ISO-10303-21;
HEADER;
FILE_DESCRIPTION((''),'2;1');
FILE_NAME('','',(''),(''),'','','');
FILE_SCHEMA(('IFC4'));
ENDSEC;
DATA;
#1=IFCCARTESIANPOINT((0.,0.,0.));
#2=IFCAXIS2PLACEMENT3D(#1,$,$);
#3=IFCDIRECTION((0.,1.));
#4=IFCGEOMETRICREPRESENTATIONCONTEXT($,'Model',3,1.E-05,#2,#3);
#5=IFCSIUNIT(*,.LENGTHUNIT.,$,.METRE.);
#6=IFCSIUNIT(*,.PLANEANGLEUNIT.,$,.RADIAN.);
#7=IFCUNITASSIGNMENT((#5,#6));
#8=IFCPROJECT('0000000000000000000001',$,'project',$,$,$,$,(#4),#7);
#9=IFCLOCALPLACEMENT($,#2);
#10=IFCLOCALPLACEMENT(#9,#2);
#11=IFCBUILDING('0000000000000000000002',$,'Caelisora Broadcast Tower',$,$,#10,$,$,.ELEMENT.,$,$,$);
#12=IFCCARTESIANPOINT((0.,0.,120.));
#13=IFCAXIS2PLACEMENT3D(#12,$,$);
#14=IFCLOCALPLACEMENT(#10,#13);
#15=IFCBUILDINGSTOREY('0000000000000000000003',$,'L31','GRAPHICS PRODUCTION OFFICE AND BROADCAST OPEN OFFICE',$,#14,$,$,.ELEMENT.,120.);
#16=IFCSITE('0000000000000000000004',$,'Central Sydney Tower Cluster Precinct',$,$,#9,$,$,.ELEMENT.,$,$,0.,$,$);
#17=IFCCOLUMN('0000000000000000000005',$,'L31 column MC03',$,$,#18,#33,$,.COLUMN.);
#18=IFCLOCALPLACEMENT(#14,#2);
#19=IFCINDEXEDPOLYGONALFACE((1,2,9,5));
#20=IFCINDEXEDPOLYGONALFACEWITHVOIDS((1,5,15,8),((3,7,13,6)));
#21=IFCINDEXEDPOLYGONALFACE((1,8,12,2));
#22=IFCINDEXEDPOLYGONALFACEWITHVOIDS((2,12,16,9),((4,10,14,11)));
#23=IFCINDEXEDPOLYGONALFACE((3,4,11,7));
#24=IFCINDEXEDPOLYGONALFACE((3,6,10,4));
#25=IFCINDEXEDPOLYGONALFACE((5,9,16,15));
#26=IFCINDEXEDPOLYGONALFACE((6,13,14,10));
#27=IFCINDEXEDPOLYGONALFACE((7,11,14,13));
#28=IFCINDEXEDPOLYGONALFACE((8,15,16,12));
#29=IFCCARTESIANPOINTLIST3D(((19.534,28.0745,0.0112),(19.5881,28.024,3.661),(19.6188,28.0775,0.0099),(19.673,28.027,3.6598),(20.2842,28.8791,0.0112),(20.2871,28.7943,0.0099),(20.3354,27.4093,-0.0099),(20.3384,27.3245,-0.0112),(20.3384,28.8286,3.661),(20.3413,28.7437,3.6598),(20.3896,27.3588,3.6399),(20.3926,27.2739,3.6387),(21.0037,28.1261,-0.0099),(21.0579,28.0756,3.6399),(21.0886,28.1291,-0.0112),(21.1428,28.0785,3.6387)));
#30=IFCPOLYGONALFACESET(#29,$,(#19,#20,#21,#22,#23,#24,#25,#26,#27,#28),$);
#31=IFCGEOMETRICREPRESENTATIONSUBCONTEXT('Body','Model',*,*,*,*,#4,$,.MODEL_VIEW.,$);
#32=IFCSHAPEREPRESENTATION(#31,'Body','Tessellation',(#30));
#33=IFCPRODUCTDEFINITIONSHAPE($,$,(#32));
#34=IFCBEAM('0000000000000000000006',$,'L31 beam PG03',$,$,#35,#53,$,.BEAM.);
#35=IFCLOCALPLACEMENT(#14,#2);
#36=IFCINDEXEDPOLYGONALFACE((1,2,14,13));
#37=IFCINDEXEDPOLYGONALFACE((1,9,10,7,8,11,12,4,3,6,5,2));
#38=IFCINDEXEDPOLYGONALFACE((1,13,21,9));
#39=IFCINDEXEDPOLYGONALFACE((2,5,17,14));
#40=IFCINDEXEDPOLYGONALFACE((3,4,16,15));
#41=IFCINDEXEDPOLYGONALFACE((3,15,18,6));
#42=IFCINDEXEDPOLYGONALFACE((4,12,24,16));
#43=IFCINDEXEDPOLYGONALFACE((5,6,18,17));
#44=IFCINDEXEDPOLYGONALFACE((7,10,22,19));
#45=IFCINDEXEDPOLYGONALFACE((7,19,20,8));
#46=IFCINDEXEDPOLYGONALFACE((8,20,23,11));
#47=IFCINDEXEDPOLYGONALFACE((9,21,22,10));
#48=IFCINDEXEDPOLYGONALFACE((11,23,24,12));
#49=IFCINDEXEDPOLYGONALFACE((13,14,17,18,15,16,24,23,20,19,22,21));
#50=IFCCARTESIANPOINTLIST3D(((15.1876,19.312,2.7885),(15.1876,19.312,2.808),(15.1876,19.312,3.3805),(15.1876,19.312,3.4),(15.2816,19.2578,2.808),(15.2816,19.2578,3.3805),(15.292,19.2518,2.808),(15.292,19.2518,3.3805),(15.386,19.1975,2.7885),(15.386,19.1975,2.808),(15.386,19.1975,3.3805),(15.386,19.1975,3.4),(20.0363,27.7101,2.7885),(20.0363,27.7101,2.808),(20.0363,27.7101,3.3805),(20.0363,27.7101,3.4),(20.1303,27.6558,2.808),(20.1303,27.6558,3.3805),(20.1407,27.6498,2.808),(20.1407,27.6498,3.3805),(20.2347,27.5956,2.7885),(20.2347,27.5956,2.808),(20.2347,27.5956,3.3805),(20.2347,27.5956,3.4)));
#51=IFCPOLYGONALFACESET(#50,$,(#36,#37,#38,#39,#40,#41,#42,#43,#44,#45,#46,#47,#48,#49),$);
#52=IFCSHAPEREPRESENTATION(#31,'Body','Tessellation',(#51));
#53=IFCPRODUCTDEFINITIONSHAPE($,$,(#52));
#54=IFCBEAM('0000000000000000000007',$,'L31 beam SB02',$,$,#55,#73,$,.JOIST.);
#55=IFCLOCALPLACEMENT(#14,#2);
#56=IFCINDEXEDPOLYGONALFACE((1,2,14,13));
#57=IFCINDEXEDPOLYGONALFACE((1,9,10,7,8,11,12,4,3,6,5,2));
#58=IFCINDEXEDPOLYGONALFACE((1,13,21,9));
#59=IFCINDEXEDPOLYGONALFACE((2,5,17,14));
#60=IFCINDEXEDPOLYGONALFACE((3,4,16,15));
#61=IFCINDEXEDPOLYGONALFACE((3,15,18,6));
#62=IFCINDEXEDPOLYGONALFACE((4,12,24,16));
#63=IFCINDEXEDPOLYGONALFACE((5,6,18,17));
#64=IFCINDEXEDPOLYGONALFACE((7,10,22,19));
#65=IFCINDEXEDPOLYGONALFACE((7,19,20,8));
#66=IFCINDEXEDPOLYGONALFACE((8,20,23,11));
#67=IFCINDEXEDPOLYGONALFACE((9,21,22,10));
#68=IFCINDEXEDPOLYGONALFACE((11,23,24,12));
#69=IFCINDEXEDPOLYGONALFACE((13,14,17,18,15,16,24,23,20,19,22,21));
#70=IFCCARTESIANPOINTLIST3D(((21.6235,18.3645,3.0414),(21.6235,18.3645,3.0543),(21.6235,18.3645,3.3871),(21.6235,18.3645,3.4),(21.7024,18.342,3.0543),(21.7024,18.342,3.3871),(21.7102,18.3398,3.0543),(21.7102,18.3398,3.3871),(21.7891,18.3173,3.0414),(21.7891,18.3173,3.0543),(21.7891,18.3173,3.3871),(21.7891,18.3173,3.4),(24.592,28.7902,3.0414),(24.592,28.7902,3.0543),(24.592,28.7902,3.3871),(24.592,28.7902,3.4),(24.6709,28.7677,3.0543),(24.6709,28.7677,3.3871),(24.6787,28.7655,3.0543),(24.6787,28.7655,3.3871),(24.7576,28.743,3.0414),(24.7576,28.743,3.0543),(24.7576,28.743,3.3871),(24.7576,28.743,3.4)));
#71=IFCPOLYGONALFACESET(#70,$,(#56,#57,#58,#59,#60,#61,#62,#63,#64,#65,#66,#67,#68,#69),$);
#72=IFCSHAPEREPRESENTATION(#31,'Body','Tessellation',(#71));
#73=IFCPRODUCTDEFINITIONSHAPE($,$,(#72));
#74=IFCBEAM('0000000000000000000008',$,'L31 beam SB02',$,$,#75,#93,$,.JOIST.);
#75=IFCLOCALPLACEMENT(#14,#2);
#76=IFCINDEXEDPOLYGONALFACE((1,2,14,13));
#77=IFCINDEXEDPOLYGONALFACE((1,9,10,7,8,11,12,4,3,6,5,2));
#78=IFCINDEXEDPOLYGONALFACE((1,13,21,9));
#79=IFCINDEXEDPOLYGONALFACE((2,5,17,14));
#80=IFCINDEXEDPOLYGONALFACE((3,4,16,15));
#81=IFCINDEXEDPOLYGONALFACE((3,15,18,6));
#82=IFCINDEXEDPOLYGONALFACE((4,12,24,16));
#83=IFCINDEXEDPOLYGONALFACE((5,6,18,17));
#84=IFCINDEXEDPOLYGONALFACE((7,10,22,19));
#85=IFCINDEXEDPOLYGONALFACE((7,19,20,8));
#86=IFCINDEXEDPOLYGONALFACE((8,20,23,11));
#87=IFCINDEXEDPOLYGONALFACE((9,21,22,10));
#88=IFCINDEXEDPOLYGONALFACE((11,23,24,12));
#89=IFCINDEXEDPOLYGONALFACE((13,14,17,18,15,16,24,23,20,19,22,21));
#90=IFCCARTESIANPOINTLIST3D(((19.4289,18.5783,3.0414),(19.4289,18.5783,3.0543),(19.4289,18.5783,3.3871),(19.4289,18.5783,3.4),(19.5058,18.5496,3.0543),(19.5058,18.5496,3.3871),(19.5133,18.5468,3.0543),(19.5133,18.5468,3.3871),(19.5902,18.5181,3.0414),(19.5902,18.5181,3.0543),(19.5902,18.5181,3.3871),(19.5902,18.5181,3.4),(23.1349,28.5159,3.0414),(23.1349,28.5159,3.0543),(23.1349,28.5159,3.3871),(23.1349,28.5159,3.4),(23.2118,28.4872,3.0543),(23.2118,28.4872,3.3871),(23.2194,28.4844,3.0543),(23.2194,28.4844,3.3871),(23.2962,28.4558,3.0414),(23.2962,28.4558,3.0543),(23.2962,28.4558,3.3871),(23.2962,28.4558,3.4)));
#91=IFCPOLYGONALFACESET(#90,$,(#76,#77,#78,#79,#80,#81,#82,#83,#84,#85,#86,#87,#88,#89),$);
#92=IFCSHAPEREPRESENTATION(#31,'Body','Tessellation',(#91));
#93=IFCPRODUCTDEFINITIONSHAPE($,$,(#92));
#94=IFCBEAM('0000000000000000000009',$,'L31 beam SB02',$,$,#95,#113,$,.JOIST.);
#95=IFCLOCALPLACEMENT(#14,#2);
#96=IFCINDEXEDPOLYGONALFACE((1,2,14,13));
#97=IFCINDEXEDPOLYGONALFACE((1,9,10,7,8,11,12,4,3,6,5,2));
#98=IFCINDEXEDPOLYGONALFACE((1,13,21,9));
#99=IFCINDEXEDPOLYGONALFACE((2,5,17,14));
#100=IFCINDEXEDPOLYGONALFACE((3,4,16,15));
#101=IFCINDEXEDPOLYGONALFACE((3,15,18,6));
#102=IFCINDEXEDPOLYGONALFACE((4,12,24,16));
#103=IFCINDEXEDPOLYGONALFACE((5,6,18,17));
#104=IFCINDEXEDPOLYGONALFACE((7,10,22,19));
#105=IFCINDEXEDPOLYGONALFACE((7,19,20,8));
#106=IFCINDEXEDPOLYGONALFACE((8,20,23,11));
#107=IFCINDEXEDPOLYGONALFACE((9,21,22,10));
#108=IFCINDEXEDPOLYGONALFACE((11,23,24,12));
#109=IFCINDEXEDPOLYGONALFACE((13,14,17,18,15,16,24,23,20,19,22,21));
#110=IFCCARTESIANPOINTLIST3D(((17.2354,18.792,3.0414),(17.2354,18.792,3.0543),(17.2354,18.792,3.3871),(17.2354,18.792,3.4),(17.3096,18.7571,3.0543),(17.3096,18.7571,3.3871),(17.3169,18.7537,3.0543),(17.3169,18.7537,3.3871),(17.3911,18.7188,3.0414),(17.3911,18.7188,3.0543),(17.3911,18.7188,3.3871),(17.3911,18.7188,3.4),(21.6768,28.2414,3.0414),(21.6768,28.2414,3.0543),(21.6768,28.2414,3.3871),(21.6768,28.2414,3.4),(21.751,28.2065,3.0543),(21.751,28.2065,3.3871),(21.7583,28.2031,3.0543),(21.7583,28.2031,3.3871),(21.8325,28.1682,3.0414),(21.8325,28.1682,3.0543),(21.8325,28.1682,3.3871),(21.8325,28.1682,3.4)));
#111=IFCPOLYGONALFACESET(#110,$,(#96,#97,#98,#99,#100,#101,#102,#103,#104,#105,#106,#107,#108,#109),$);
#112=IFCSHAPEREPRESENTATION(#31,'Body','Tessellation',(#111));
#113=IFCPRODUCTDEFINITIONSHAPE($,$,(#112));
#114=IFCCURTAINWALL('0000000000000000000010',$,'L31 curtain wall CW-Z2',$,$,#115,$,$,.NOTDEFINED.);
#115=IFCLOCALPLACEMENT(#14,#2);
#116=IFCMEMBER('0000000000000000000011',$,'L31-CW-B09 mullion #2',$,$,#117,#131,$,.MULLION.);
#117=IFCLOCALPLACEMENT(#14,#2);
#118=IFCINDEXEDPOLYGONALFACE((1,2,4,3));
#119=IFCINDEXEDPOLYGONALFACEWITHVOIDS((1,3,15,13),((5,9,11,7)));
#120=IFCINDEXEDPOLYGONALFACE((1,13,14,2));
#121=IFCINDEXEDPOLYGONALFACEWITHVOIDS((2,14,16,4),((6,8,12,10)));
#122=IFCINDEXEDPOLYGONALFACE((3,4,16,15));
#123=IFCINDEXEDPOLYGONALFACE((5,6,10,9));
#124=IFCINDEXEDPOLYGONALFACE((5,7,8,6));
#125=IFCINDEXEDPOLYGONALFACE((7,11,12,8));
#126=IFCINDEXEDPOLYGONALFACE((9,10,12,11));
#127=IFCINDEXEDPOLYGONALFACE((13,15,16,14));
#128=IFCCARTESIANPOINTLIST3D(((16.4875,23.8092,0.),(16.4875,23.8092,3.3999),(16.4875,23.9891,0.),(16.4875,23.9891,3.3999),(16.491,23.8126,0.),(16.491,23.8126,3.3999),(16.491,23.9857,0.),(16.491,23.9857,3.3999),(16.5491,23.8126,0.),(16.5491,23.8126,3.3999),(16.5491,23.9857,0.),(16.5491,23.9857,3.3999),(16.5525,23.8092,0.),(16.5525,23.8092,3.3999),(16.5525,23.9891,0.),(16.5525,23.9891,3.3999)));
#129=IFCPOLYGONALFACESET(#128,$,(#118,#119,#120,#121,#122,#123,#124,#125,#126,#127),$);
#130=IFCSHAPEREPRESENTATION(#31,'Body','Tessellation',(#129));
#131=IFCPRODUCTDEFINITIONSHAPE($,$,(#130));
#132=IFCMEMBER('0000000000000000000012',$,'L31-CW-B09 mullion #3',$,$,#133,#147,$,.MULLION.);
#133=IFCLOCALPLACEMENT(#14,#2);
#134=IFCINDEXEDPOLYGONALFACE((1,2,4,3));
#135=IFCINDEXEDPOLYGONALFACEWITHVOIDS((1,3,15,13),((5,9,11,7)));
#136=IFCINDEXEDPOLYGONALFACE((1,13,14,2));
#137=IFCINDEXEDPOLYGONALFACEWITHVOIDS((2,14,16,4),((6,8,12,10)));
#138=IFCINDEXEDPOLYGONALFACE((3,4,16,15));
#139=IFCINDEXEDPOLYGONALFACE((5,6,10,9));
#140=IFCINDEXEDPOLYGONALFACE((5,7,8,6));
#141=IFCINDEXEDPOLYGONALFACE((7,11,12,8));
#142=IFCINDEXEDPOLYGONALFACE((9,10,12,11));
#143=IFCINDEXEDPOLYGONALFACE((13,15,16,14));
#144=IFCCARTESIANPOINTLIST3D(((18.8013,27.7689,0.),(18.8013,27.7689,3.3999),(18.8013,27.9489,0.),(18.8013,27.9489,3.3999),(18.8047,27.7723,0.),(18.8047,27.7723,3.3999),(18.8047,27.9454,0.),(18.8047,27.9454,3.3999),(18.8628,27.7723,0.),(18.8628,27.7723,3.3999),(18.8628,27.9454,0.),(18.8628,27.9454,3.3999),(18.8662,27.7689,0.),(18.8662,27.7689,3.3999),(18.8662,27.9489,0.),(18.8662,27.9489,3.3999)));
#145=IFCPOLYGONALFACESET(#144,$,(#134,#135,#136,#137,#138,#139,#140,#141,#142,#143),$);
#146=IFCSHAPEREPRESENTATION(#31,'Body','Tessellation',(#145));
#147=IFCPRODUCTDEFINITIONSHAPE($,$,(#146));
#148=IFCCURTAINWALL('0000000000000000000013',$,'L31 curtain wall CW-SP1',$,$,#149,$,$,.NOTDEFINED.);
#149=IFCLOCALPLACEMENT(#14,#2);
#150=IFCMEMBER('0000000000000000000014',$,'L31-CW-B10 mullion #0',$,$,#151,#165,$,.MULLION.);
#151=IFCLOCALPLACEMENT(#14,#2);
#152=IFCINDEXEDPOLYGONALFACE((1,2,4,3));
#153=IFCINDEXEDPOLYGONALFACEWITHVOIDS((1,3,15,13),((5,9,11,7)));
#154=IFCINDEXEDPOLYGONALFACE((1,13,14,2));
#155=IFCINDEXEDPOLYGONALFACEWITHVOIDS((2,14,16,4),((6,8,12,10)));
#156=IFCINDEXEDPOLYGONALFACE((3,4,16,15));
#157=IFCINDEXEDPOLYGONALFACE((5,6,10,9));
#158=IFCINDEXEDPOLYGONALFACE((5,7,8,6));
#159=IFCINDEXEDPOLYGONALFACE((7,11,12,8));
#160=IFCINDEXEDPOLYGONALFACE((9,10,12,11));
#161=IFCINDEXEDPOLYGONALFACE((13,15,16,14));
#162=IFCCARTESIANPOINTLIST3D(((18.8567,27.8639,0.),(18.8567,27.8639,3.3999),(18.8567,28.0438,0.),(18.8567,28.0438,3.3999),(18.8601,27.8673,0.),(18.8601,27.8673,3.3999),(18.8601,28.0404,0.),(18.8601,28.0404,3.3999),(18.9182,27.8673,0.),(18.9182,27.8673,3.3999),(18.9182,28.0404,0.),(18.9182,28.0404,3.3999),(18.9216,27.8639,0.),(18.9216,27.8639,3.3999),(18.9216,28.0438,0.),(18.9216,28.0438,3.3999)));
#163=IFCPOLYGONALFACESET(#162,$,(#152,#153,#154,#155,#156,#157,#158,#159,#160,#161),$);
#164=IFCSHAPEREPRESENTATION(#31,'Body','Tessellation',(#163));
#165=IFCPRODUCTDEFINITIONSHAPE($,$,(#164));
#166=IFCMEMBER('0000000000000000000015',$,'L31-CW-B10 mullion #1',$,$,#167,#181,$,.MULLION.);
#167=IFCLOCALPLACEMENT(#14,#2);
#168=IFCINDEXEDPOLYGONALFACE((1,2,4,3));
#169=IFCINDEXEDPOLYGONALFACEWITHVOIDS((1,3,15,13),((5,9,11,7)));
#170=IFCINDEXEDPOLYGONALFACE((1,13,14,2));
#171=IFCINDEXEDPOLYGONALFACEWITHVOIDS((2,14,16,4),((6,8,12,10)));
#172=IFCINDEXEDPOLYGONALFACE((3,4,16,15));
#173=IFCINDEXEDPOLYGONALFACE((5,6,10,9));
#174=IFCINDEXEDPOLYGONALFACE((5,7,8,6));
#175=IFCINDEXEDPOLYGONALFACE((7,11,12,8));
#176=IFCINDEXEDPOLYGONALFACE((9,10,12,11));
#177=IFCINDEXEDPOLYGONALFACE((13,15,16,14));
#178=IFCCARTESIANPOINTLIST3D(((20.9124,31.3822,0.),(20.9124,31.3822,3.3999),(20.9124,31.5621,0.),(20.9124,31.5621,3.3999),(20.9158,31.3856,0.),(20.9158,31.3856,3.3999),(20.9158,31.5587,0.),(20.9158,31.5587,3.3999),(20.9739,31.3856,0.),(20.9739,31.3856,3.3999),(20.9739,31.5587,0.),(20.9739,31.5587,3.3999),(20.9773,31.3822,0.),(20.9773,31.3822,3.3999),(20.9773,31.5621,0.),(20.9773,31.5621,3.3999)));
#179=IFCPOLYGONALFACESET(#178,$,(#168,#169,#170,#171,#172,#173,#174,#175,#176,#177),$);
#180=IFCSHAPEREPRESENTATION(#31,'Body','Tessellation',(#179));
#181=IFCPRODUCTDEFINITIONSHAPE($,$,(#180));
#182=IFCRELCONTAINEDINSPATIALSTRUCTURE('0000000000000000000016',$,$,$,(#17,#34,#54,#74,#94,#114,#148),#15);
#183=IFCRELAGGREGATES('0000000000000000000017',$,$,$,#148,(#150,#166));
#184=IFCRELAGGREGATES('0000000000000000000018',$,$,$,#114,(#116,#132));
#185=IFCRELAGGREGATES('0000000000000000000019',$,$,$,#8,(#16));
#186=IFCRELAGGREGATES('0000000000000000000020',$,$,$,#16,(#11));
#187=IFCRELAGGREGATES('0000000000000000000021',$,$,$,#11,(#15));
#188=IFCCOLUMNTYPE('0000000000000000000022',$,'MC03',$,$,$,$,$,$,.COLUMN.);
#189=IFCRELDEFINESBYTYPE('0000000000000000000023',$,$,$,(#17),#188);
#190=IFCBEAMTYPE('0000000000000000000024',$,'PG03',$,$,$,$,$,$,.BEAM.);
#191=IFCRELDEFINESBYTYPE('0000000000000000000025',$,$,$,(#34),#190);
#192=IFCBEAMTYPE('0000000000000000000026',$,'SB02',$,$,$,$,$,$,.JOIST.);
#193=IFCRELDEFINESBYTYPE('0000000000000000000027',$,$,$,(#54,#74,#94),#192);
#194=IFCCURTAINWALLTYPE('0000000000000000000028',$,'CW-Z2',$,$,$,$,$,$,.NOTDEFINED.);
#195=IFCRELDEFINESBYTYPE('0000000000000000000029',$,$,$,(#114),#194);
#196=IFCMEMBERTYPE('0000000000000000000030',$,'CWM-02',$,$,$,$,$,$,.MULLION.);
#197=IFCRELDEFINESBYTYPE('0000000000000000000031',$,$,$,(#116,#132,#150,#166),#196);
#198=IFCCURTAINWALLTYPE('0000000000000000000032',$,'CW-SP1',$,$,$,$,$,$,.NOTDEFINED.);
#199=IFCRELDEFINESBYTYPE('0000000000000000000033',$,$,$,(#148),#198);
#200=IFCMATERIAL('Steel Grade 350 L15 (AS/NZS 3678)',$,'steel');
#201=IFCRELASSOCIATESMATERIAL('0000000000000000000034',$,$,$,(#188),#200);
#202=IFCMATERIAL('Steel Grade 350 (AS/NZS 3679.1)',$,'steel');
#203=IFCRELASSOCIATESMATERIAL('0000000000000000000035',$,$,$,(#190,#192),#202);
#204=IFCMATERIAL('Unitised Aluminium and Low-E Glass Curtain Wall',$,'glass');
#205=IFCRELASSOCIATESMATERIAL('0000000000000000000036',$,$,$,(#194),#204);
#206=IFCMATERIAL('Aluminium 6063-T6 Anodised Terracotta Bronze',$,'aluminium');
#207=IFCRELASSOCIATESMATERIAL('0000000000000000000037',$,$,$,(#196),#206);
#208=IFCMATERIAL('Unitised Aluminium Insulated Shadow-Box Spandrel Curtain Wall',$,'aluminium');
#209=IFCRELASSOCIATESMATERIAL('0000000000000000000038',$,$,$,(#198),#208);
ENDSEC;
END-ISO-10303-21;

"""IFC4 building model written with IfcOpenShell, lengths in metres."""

from ifc_helpers import new_model, si_unit, direction, frame, origin, origin_2d, place, context, subcontext, project, spatial, hollow_rectangle, i_section, extrude, source, transform, mapped, material, material_profile, profile_set, type_object, type_shapes, element, aggregate, save


model = new_model("IFC4")

# Units and contexts
model_context = context("Model", 3, precision=1e-05, world=origin(), true_north=direction((0.0, 1.0)))
body_context = subcontext(model_context, "Body", "Model", "MODEL_VIEW")
ifc_project = project(units=[si_unit("LENGTHUNIT", "METRE"), si_unit("PLANEANGLEUNIT", "RADIAN")], contexts=[model_context])

# Site, building, storey
site_placement = place(None, origin())
site = spatial("IfcSite", under=ifc_project, at=site_placement, Name="Central Sydney Tower Cluster Precinct", CompositionType="ELEMENT", RefElevation=0.0)
building_placement = place(site_placement, origin())
building = spatial("IfcBuilding", under=site, at=building_placement, Name="Caelisora Broadcast Tower", CompositionType="ELEMENT")
storey_placement = place(building_placement, frame((0.0, 0.0, 120.0)))
storey = spatial("IfcBuildingStorey", under=building, at=storey_placement, Name="L31", Description="GRAPHICS PRODUCTION OFFICE AND BROADCAST OPEN OFFICE", CompositionType="ELEMENT", Elevation=120.0)

# Column
ifc_material_1 = material(Name="Steel Grade 350 L15 (AS/NZS 3678)", Category="steel")
ifc_material_profile_1 = material_profile(ifc_material_1, hollow_rectangle(XDim=1.1001, YDim=1.1001, WallThickness=0.0601, at=origin_2d()), Name="Steel Grade 350 L15 (AS/NZS 3678)")
ifc_profile_set_1 = profile_set([ifc_material_profile_1], Name="Steel Grade 350 L15 (AS/NZS 3678)")
column_type = type_object("IfcColumnType", Name="MC03", PredefinedType="COLUMN", material=ifc_profile_set_1)
shared_shape_1 = source(origin(), body_context, "Body", "SweptSolid", [
    extrude(hollow_rectangle(XDim=1.1001, YDim=1.1001, WallThickness=0.0601, at=origin_2d()), origin(), (0.0, 0.0, 1.0), 3.6506),
])
type_shapes(column_type, [shared_shape_1])
column_placement = place(storey_placement, frame((20.3113, 28.1018, 0.0), z_axis=(0.014846, -0.013843, 0.999794), x_axis=(0.681966, 0.731384, 0.0)))
element("IfcColumn", 1, at=column_placement, inside=storey, type_object=column_type, Name="L31 column MC03", PredefinedType="COLUMN", context=body_context, shape_type="MappedRepresentation", body=[
    mapped(shared_shape_1, transform((0.0, 0.0, 0.0), scale=1.0)),
])

# Beams
ifc_material_2 = material(Name="Steel Grade 350 (AS/NZS 3679.1)", Category="steel")
ifc_material_profile_2 = material_profile(ifc_material_2, i_section(OverallWidth=0.229, OverallDepth=0.6116, WebThickness=0.012, FlangeThickness=0.0195, at=origin_2d()), Name="Steel Grade 350 (AS/NZS 3679.1)")
ifc_profile_set_2 = profile_set([ifc_material_profile_2], Name="Steel Grade 350 (AS/NZS 3679.1)")
beam_type_1 = type_object("IfcBeamType", Name="PG03", PredefinedType="BEAM", material=ifc_profile_set_2)
shared_shape_2 = source(origin(), body_context, "Body", "SweptSolid", [
    extrude(i_section(OverallWidth=0.229, OverallDepth=0.6116, WebThickness=0.012, FlangeThickness=0.0195, at=origin_2d()), origin(), (0.0, 0.0, 1.0), 9.6973),
])
type_shapes(beam_type_1, [shared_shape_2])
beam_1_placement = place(storey_placement, frame((20.1355, 27.6528, 3.0942), z_axis=(-0.500006, -0.866022, 0.0), x_axis=(0.866022, -0.500006, 0.0)))
element("IfcBeam", 2, at=beam_1_placement, inside=storey, type_object=beam_type_1, Name="L31 beam PG03", PredefinedType="BEAM", context=body_context, shape_type="MappedRepresentation", body=[
    mapped(shared_shape_2, transform((0.0, 0.0, 0.0), scale=1.0)),
])
ifc_material_profile_3 = material_profile(ifc_material_2, i_section(OverallWidth=0.1721, OverallDepth=0.3586, WebThickness=0.0081, FlangeThickness=0.0129, at=origin_2d()), Name="Steel Grade 350 (AS/NZS 3679.1)")
ifc_profile_set_3 = profile_set([ifc_material_profile_3], Name="Steel Grade 350 (AS/NZS 3679.1)")
beam_type_2 = type_object("IfcBeamType", Name="SB02", PredefinedType="JOIST", material=ifc_profile_set_3)
shared_shape_3 = source(origin(), body_context, "Body", "SweptSolid", [
    extrude(i_section(OverallWidth=0.1721, OverallDepth=0.3586, WebThickness=0.0081, FlangeThickness=0.0129, at=origin_2d()), origin(), (0.0, 0.0, 1.0), 10.8401),
])
beam_2_placement = place(storey_placement, frame((24.6748, 28.7666, 3.2207), z_axis=(-0.273844, -0.961774, 0.0), x_axis=(0.961774, -0.273844, 0.0)))
element("IfcBeam", 3, at=beam_2_placement, inside=storey, type_object=beam_type_2, Name="L31 beam SB02", PredefinedType="JOIST", context=body_context, shape_type="MappedRepresentation", body=[
    mapped(shared_shape_3, transform((0.0, 0.0, 0.0), scale=1.0)),
])
shared_shape_4 = source(origin(), body_context, "Body", "SweptSolid", [
    extrude(i_section(OverallWidth=0.1721, OverallDepth=0.3586, WebThickness=0.0081, FlangeThickness=0.0129, at=origin_2d()), origin(), (0.0, 0.0, 1.0), 10.6062),
])
beam_3_placement = place(storey_placement, frame((23.2156, 28.4858, 3.2207), z_axis=(-0.34942, -0.936966, 0.0), x_axis=(0.936966, -0.34942, 0.0)))
element("IfcBeam", 4, at=beam_3_placement, inside=storey, type_object=beam_type_2, Name="L31 beam SB02", PredefinedType="JOIST", context=body_context, shape_type="MappedRepresentation", body=[
    mapped(shared_shape_4, transform((0.0, 0.0, 0.0), scale=1.0)),
])
shared_shape_5 = source(origin(), body_context, "Body", "SweptSolid", [
    extrude(i_section(OverallWidth=0.1721, OverallDepth=0.3586, WebThickness=0.0081, FlangeThickness=0.0129, at=origin_2d()), origin(), (0.0, 0.0, 1.0), 10.4412),
])
type_shapes(beam_type_2, [shared_shape_3, shared_shape_4, shared_shape_5])
beam_4_placement = place(storey_placement, frame((21.7546, 28.2048, 3.2207), z_axis=(-0.425374, -0.905018, 0.0), x_axis=(0.905018, -0.425374, 0.0)))
element("IfcBeam", 5, at=beam_4_placement, inside=storey, type_object=beam_type_2, Name="L31 beam SB02", PredefinedType="JOIST", context=body_context, shape_type="MappedRepresentation", body=[
    mapped(shared_shape_5, transform((0.0, 0.0, 0.0), scale=1.0)),
])

# Curtain walls, members
ifc_material_3 = material(Name="Unitised Aluminium and Low-E Glass Curtain Wall", Category="glass")
curtain_wall_type_1 = type_object("IfcCurtainWallType", Name="CW-Z2", PredefinedType="NOTDEFINED", material=ifc_material_3)
curtain_wall_1_placement = place(storey_placement, origin())
curtain_wall_1 = element("IfcCurtainWall", 6, at=curtain_wall_1_placement, inside=storey, type_object=curtain_wall_type_1, Name="L31 curtain wall CW-Z2", PredefinedType="NOTDEFINED")
ifc_material_4 = material(Name="Aluminium 6063-T6 Anodised Terracotta Bronze", Category="aluminium")
ifc_material_profile_4 = material_profile(ifc_material_4, hollow_rectangle(XDim=0.0649, YDim=0.1799, WallThickness=0.0034, at=origin_2d()), Name="Aluminium 6063-T6 Anodised Terracotta Bronze")
ifc_profile_set_4 = profile_set([ifc_material_profile_4], Name="Aluminium 6063-T6 Anodised Terracotta Bronze")
member_type_1 = type_object("IfcMemberType", Name="CWM-02", PredefinedType="MULLION", material=ifc_profile_set_4)
shared_shape_6 = source(origin(), body_context, "Body", "SweptSolid", [
    extrude(hollow_rectangle(XDim=0.0649, YDim=0.1799, WallThickness=0.0034, at=origin_2d()), origin(), (0.0, 0.0, 1.0), 3.3999),
])
type_shapes(member_type_1, [shared_shape_6])
member_1_placement = place(storey_placement, frame((16.52, 23.8992, 0.0), z_axis=(0.0, 0.0, 1.0), x_axis=(1.0, 0.0, 0.0)))
member_1 = element("IfcMember", 7, at=member_1_placement, type_object=member_type_1, Name="L31-CW-B09 mullion #2", PredefinedType="MULLION", context=body_context, shape_type="MappedRepresentation", body=[
    mapped(shared_shape_6, transform((0.0, 0.0, 0.0), scale=1.0)),
])
member_2_placement = place(storey_placement, frame((18.8337, 27.8589, 0.0), z_axis=(0.0, 0.0, 1.0), x_axis=(1.0, 0.0, 0.0)))
member_2 = element("IfcMember", 8, at=member_2_placement, type_object=member_type_1, Name="L31-CW-B09 mullion #3", PredefinedType="MULLION", context=body_context, shape_type="MappedRepresentation", body=[
    mapped(shared_shape_6, transform((0.0, 0.0, 0.0), scale=1.0)),
])
ifc_material_5 = material(Name="Unitised Aluminium Insulated Shadow-Box Spandrel Curtain Wall", Category="aluminium")
curtain_wall_type_2 = type_object("IfcCurtainWallType", Name="CW-SP1", PredefinedType="NOTDEFINED", material=ifc_material_5)
curtain_wall_2_placement = place(storey_placement, origin())
curtain_wall_2 = element("IfcCurtainWall", 9, at=curtain_wall_2_placement, inside=storey, type_object=curtain_wall_type_2, Name="L31 curtain wall CW-SP1", PredefinedType="NOTDEFINED")
member_3_placement = place(storey_placement, frame((18.8892, 27.9539, 0.0), z_axis=(0.0, 0.0, 1.0), x_axis=(1.0, 0.0, 0.0)))
member_3 = element("IfcMember", 10, at=member_3_placement, type_object=member_type_1, Name="L31-CW-B10 mullion #0", PredefinedType="MULLION", context=body_context, shape_type="MappedRepresentation", body=[
    mapped(shared_shape_6, transform((0.0, 0.0, 0.0), scale=1.0)),
])
member_4_placement = place(storey_placement, frame((20.9448, 31.4722, 0.0), z_axis=(0.0, 0.0, 1.0), x_axis=(1.0, 0.0, 0.0)))
member_4 = element("IfcMember", 11, at=member_4_placement, type_object=member_type_1, Name="L31-CW-B10 mullion #1", PredefinedType="MULLION", context=body_context, shape_type="MappedRepresentation", body=[
    mapped(shared_shape_6, transform((0.0, 0.0, 0.0), scale=1.0)),
])

aggregate(curtain_wall_2, [member_3, member_4])
aggregate(curtain_wall_1, [member_1, member_2])

save(model, "model.ifc")
